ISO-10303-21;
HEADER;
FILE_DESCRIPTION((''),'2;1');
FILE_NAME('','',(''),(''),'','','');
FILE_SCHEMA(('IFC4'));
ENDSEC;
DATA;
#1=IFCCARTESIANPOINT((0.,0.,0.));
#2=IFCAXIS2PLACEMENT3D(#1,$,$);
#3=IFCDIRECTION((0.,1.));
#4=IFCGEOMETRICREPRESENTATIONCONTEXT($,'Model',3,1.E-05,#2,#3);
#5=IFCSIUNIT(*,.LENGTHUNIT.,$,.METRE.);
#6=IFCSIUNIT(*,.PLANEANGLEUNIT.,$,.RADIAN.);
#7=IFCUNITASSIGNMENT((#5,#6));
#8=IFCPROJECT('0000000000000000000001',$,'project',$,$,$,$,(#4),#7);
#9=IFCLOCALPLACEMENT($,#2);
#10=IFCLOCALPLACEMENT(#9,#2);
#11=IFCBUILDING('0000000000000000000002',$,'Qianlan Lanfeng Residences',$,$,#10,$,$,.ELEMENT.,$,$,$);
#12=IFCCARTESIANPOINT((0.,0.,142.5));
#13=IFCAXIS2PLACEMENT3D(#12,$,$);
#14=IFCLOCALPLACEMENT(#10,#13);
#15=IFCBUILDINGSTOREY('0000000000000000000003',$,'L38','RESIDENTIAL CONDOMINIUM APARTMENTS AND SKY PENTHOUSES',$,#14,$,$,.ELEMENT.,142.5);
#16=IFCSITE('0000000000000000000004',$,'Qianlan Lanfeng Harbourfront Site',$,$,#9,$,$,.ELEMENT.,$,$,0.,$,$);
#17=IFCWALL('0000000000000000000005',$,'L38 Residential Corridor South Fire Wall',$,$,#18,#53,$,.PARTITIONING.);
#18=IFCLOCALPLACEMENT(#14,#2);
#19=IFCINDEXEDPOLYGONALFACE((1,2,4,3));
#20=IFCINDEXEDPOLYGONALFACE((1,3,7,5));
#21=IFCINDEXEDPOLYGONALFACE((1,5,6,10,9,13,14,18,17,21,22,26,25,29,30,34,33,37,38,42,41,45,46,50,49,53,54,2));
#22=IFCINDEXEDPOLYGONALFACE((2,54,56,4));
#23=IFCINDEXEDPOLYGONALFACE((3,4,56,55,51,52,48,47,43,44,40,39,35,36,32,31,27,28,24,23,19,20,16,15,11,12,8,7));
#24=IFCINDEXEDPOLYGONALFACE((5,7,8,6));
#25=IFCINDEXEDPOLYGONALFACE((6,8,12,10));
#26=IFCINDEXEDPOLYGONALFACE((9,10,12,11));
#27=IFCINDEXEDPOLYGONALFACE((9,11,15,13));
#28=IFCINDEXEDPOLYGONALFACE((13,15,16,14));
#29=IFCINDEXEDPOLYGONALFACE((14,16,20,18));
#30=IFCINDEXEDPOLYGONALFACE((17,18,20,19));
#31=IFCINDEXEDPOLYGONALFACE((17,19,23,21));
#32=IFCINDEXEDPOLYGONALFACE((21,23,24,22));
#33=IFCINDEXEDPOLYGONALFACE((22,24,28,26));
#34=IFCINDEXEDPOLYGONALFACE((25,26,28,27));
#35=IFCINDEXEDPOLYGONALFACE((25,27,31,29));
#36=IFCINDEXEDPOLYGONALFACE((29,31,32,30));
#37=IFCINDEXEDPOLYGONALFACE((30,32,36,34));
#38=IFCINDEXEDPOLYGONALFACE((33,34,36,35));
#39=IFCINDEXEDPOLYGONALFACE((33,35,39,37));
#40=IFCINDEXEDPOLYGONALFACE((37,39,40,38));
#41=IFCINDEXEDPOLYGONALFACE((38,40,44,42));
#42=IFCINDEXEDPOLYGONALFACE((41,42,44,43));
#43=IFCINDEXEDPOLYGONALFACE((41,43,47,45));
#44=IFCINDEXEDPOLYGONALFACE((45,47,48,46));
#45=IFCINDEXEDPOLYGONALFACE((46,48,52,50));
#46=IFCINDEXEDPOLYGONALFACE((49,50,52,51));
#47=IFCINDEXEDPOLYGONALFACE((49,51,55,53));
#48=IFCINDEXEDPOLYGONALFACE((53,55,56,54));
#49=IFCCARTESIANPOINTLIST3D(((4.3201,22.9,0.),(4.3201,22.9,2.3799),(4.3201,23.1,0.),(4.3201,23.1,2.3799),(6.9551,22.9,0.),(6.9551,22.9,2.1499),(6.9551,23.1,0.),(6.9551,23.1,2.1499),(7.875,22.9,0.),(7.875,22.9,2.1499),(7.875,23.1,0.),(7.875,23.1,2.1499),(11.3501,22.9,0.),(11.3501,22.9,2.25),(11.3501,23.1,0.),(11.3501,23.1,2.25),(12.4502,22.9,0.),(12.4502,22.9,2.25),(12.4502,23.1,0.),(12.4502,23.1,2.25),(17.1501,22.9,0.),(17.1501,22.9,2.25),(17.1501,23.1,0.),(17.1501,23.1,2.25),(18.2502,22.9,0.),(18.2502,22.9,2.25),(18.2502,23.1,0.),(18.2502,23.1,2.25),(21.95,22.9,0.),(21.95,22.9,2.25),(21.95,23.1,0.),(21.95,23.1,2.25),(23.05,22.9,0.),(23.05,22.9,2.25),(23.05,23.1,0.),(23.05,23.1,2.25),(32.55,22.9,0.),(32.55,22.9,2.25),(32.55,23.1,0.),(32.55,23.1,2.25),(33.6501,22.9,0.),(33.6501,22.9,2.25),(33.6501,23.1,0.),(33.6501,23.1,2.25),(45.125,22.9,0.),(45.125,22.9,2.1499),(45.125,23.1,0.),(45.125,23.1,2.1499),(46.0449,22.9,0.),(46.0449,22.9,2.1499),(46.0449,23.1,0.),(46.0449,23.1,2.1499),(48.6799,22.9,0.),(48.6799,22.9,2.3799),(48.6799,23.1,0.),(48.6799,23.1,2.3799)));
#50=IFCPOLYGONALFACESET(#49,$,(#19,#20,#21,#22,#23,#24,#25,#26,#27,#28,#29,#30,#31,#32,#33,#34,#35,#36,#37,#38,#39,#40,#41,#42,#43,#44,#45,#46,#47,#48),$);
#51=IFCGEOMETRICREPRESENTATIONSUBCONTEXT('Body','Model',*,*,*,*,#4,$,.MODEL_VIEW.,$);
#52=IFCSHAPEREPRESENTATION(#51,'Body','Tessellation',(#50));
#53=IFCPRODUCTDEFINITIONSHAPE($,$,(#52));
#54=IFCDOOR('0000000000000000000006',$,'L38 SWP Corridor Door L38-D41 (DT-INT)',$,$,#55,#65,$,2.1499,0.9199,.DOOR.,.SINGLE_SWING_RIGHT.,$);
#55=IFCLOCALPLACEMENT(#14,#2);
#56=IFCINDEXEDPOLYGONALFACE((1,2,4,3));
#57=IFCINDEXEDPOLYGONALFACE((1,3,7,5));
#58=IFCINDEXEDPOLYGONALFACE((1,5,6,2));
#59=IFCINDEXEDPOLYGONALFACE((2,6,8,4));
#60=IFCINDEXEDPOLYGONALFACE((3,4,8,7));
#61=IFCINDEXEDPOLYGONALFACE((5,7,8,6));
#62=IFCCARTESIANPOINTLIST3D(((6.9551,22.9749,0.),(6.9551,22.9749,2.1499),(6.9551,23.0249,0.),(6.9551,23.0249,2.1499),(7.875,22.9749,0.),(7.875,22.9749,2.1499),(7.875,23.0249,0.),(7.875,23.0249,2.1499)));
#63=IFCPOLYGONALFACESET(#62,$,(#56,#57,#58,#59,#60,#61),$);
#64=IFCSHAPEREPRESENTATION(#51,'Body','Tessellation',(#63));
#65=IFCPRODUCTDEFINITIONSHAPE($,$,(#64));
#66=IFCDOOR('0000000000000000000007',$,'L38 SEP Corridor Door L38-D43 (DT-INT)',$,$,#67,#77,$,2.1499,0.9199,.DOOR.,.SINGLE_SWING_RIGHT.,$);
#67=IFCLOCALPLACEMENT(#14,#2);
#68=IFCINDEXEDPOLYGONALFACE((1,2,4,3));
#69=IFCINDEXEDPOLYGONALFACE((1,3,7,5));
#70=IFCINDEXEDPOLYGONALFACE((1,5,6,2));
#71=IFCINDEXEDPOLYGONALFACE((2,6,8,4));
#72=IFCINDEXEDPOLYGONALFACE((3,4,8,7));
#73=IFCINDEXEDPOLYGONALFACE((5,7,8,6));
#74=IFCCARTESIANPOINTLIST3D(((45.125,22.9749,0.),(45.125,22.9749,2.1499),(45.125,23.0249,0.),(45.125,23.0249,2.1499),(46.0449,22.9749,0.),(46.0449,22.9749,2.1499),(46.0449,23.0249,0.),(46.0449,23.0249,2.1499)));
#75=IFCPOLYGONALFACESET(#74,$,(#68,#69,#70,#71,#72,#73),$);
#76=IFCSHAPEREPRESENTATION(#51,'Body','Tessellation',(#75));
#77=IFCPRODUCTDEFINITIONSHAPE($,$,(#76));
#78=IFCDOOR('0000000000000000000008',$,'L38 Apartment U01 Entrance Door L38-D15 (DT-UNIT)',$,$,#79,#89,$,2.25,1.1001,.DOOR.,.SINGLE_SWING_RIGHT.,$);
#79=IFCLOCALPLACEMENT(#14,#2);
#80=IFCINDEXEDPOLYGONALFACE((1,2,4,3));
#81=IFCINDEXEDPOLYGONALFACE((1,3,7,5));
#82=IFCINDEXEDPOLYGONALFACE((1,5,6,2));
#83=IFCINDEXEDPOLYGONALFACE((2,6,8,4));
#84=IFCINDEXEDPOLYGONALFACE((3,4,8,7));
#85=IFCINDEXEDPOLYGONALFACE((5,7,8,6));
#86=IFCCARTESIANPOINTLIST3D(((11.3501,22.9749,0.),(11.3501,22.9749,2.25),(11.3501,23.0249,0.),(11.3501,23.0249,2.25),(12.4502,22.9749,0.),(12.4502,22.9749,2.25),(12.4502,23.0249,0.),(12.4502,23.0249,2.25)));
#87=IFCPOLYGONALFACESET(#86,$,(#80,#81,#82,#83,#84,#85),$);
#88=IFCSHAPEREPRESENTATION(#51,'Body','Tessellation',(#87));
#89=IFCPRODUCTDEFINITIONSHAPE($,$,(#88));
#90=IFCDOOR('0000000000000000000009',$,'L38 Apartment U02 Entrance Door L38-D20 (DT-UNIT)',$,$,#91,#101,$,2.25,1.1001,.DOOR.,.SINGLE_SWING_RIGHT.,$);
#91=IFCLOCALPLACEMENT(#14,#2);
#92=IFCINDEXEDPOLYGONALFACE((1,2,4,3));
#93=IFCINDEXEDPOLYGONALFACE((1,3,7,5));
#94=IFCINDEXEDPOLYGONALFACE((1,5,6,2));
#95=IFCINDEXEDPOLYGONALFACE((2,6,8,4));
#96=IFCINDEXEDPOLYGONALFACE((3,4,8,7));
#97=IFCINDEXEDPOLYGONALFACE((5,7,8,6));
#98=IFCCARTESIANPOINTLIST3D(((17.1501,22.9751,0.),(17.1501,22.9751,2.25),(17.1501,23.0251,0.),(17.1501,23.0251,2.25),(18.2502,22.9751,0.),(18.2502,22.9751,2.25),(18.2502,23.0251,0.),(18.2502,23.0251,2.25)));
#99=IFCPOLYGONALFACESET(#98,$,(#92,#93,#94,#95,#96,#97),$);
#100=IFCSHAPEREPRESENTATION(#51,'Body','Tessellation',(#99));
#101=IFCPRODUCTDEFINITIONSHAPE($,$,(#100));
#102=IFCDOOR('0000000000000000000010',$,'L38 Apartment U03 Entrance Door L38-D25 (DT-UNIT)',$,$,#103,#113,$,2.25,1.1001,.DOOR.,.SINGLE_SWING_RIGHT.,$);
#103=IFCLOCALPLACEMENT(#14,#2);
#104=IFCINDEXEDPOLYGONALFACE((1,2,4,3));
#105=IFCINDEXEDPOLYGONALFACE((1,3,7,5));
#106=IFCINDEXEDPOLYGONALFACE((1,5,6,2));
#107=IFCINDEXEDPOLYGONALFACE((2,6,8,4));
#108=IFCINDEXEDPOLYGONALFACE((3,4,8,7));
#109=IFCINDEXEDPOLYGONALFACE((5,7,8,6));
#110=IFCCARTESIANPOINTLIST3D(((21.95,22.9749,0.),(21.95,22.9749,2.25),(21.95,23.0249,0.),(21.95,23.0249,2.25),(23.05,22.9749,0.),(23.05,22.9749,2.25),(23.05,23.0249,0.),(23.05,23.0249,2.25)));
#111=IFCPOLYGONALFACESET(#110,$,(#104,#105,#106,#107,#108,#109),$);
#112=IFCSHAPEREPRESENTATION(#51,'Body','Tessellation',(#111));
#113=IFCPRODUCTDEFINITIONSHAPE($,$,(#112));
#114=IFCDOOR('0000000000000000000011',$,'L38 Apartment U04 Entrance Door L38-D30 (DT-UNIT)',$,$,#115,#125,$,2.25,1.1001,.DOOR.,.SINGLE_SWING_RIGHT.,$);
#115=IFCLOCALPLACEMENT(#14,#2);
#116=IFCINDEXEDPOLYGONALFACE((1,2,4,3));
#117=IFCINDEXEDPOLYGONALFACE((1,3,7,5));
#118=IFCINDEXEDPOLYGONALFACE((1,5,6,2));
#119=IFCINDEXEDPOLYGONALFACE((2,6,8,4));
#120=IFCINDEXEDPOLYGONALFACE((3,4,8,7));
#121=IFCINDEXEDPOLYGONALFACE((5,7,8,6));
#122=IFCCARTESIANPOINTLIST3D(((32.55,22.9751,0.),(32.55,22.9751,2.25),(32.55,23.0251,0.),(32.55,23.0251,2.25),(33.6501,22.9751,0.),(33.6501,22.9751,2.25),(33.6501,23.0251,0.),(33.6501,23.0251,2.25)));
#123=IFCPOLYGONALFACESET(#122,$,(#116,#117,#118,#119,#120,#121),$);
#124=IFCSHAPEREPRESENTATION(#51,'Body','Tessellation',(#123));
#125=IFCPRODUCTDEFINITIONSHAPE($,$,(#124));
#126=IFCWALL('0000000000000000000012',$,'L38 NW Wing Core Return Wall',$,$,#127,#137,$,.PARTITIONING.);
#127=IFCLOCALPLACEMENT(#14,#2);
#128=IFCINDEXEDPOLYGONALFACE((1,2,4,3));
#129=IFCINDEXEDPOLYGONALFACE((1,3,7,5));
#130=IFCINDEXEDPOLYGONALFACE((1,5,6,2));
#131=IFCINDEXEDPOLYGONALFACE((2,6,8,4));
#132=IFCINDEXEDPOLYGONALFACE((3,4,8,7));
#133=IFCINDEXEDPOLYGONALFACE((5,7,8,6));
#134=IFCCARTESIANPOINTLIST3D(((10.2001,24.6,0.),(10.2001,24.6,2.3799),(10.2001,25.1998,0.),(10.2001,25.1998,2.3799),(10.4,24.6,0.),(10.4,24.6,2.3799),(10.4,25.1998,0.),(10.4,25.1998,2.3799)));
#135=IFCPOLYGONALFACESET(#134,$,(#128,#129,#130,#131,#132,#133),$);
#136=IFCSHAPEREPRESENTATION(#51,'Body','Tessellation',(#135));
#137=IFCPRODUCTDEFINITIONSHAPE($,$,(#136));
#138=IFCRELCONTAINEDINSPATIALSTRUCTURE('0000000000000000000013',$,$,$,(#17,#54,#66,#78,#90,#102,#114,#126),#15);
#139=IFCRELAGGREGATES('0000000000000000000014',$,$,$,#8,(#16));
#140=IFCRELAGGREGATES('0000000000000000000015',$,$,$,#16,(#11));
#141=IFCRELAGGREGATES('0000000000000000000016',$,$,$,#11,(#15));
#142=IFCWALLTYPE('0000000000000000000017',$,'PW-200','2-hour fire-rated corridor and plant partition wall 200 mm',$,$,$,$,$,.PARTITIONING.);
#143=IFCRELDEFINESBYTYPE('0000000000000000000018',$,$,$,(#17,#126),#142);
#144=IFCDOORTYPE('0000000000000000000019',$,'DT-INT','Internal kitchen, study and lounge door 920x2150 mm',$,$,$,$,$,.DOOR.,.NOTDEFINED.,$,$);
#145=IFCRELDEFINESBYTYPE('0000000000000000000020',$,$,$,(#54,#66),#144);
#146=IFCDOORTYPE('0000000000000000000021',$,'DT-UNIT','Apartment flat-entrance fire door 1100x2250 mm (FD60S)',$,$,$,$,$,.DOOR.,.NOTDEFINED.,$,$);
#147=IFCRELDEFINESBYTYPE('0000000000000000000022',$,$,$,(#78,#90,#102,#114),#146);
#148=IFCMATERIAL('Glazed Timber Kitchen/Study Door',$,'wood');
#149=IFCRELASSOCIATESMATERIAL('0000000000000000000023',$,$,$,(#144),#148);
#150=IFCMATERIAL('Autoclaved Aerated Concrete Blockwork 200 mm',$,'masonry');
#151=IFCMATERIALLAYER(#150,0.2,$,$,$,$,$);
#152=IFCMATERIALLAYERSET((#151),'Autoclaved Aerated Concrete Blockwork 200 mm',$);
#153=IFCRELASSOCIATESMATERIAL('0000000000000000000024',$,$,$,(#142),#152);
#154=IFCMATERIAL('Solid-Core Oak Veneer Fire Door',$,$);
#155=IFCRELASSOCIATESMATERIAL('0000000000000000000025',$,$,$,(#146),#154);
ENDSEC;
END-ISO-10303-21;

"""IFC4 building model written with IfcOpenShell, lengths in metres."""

from ifc_helpers import new_model, si_unit, direction, frame, frame_2d, origin, place, context, subcontext, project, spatial, rectangle, extrude, material, layer, layer_set, type_object, element, fill, save


model = new_model("IFC4")

# Units and contexts
model_context = context("Model", 3, precision=1e-05, world=origin(), true_north=direction((0.0, 1.0)))
body_context = subcontext(model_context, "Body", "Model", "MODEL_VIEW")
ifc_project = project(units=[si_unit("LENGTHUNIT", "METRE"), si_unit("PLANEANGLEUNIT", "RADIAN")], contexts=[model_context])

# Site, building, storey
site_placement = place(None, origin())
site = spatial("IfcSite", under=ifc_project, at=site_placement, Name="Qianlan Lanfeng Harbourfront Site", CompositionType="ELEMENT", RefElevation=0.0)
building_placement = place(site_placement, origin())
building = spatial("IfcBuilding", under=site, at=building_placement, Name="Qianlan Lanfeng Residences", CompositionType="ELEMENT")
storey_placement = place(building_placement, frame((0.0, 0.0, 142.5)))
storey = spatial("IfcBuildingStorey", under=building, at=storey_placement, Name="L38", Description="RESIDENTIAL CONDOMINIUM APARTMENTS AND SKY PENTHOUSES", CompositionType="ELEMENT", Elevation=142.5)

# Shared definitions
ifc_material_1 = material(Name="Glazed Timber Kitchen/Study Door", Category="wood")
door_type_1 = type_object("IfcDoorType", Name="DT-INT", Description="Internal kitchen, study and lounge door 920x2150 mm", OperationType="NOTDEFINED", PredefinedType="DOOR", material=ifc_material_1)

# Wall, openings, doors
ifc_material_2 = material(Name="Autoclaved Aerated Concrete Blockwork 200 mm", Category="masonry")
ifc_layer_1 = layer(ifc_material_2, 0.2)
ifc_layer_set_1 = layer_set([ifc_layer_1], Name="Autoclaved Aerated Concrete Blockwork 200 mm")
wall_type_1 = type_object("IfcWallType", Name="PW-200", Description="2-hour fire-rated corridor and plant partition wall 200 mm", PredefinedType="PARTITIONING", material=ifc_layer_set_1)
wall_1_placement = place(storey_placement, frame((4.3201, 23.0, 0.0), z_axis=(0.0, 0.0, 1.0), x_axis=(1.0, 0.0, 0.0)))
wall_1 = element("IfcWall", 1, at=wall_1_placement, inside=storey, type_object=wall_type_1, Name="L38 Residential Corridor South Fire Wall", PredefinedType="PARTITIONING", context=body_context, shape_type="SweptSolid", body=[
    extrude(rectangle(XDim=44.3599, YDim=0.2, at=frame_2d((22.1799, 0.0))), origin(), (0.0, 0.0, 1.0), 2.3799),
])
opening_1_placement = place(wall_1_placement, frame((7.03, 0.0, 0.0)))
opening_1 = element("IfcOpeningElement", 2, at=opening_1_placement, cuts=wall_1, PredefinedType="OPENING", context=body_context, shape_type="SweptSolid", body=[
    extrude(rectangle(XDim=1.1001, YDim=2.25, at=frame_2d((0.55, 1.125))), frame((0.0, 0.1099, 0.0), z_axis=(0.0, -1.0, 0.0), x_axis=(1.0, 0.0, 0.0)), (0.0, 0.0, 1.0), 0.22),
])
opening_2_placement = place(wall_1_placement, frame((12.8301, 0.0, 0.0)))
opening_2 = element("IfcOpeningElement", 3, at=opening_2_placement, cuts=wall_1, PredefinedType="OPENING", context=body_context, shape_type="SweptSolid", body=[
    extrude(rectangle(XDim=1.1001, YDim=2.25, at=frame_2d((0.55, 1.125))), frame((0.0, 0.1099, 0.0), z_axis=(0.0, -1.0, 0.0), x_axis=(1.0, 0.0, 0.0)), (0.0, 0.0, 1.0), 0.22),
])
opening_3_placement = place(wall_1_placement, frame((17.6299, 0.0, 0.0)))
opening_3 = element("IfcOpeningElement", 4, at=opening_3_placement, cuts=wall_1, PredefinedType="OPENING", context=body_context, shape_type="SweptSolid", body=[
    extrude(rectangle(XDim=1.1001, YDim=2.25, at=frame_2d((0.55, 1.125))), frame((0.0, 0.1099, 0.0), z_axis=(0.0, -1.0, 0.0), x_axis=(1.0, 0.0, 0.0)), (0.0, 0.0, 1.0), 0.22),
])
opening_4_placement = place(wall_1_placement, frame((28.23, 0.0, 0.0)))
opening_4 = element("IfcOpeningElement", 5, at=opening_4_placement, cuts=wall_1, PredefinedType="OPENING", context=body_context, shape_type="SweptSolid", body=[
    extrude(rectangle(XDim=1.1001, YDim=2.25, at=frame_2d((0.55, 1.125))), frame((0.0, 0.1099, 0.0), z_axis=(0.0, -1.0, 0.0), x_axis=(1.0, 0.0, 0.0)), (0.0, 0.0, 1.0), 0.22),
])
opening_5_placement = place(wall_1_placement, frame((2.635, 0.0, 0.0)))
opening_5 = element("IfcOpeningElement", 6, at=opening_5_placement, cuts=wall_1, PredefinedType="OPENING", context=body_context, shape_type="SweptSolid", body=[
    extrude(rectangle(XDim=0.9199, YDim=2.1499, at=frame_2d((0.46, 1.075))), frame((0.0, 0.1099, 0.0), z_axis=(0.0, -1.0, 0.0), x_axis=(1.0, 0.0, 0.0)), (0.0, 0.0, 1.0), 0.22),
])
opening_6_placement = place(wall_1_placement, frame((40.8049, 0.0, 0.0)))
opening_6 = element("IfcOpeningElement", 7, at=opening_6_placement, cuts=wall_1, PredefinedType="OPENING", context=body_context, shape_type="SweptSolid", body=[
    extrude(rectangle(XDim=0.9199, YDim=2.1499, at=frame_2d((0.46, 1.075))), frame((0.0, 0.1099, 0.0), z_axis=(0.0, -1.0, 0.0), x_axis=(1.0, 0.0, 0.0)), (0.0, 0.0, 1.0), 0.22),
])
door_1_placement = place(opening_5_placement, origin())
door_1 = element("IfcDoor", 8, at=door_1_placement, inside=storey, type_object=door_type_1, Name="L38 SWP Corridor Door L38-D41 (DT-INT)", OperationType="SINGLE_SWING_RIGHT", OverallHeight=2.1499, OverallWidth=0.9199, PredefinedType="DOOR", context=body_context, shape_type="SweptSolid", body=[
    extrude(rectangle(XDim=0.9199, YDim=2.1499, at=frame_2d((0.46, 1.075))), frame((0.0, 0.0249, 0.0), z_axis=(0.0, -1.0, 0.0), x_axis=(1.0, 0.0, 0.0)), (0.0, 0.0, 1.0), 0.05),
])
fill(opening_5, door_1)
door_2_placement = place(opening_6_placement, origin())
door_2 = element("IfcDoor", 9, at=door_2_placement, inside=storey, type_object=door_type_1, Name="L38 SEP Corridor Door L38-D43 (DT-INT)", OperationType="SINGLE_SWING_RIGHT", OverallHeight=2.1499, OverallWidth=0.9199, PredefinedType="DOOR", context=body_context, shape_type="SweptSolid", body=[
    extrude(rectangle(XDim=0.9199, YDim=2.1499, at=frame_2d((0.46, 1.075))), frame((0.0, 0.0249, 0.0), z_axis=(0.0, -1.0, 0.0), x_axis=(1.0, 0.0, 0.0)), (0.0, 0.0, 1.0), 0.05),
])
fill(opening_6, door_2)
ifc_material_3 = material(Name="Solid-Core Oak Veneer Fire Door")
door_type_2 = type_object("IfcDoorType", Name="DT-UNIT", Description="Apartment flat-entrance fire door 1100x2250 mm (FD60S)", OperationType="NOTDEFINED", PredefinedType="DOOR", material=ifc_material_3)
door_3_placement = place(opening_1_placement, origin())
door_3 = element("IfcDoor", 10, at=door_3_placement, inside=storey, type_object=door_type_2, Name="L38 Apartment U01 Entrance Door L38-D15 (DT-UNIT)", OperationType="SINGLE_SWING_RIGHT", OverallHeight=2.25, OverallWidth=1.1001, PredefinedType="DOOR", context=body_context, shape_type="SweptSolid", body=[
    extrude(rectangle(XDim=1.1001, YDim=2.25, at=frame_2d((0.55, 1.125))), frame((0.0, 0.0249, 0.0), z_axis=(0.0, -1.0, 0.0), x_axis=(1.0, 0.0, 0.0)), (0.0, 0.0, 1.0), 0.05),
])
fill(opening_1, door_3)
door_4_placement = place(opening_2_placement, frame((1.1001, 0.0, 0.0), z_axis=(0.0, 0.0, 1.0), x_axis=(-1.0, 0.0, 0.0)))
door_4 = element("IfcDoor", 11, at=door_4_placement, inside=storey, type_object=door_type_2, Name="L38 Apartment U02 Entrance Door L38-D20 (DT-UNIT)", OperationType="SINGLE_SWING_RIGHT", OverallHeight=2.25, OverallWidth=1.1001, PredefinedType="DOOR", context=body_context, shape_type="SweptSolid", body=[
    extrude(rectangle(XDim=1.1001, YDim=2.25, at=frame_2d((0.55, 1.125))), frame((0.0, 0.0249, 0.0), z_axis=(0.0, -1.0, 0.0), x_axis=(1.0, 0.0, 0.0)), (0.0, 0.0, 1.0), 0.05),
])
fill(opening_2, door_4)
door_5_placement = place(opening_3_placement, origin())
door_5 = element("IfcDoor", 12, at=door_5_placement, inside=storey, type_object=door_type_2, Name="L38 Apartment U03 Entrance Door L38-D25 (DT-UNIT)", OperationType="SINGLE_SWING_RIGHT", OverallHeight=2.25, OverallWidth=1.1001, PredefinedType="DOOR", context=body_context, shape_type="SweptSolid", body=[
    extrude(rectangle(XDim=1.1001, YDim=2.25, at=frame_2d((0.55, 1.125))), frame((0.0, 0.0249, 0.0), z_axis=(0.0, -1.0, 0.0), x_axis=(1.0, 0.0, 0.0)), (0.0, 0.0, 1.0), 0.05),
])
fill(opening_3, door_5)
door_6_placement = place(opening_4_placement, frame((1.1001, 0.0, 0.0), z_axis=(0.0, 0.0, 1.0), x_axis=(-1.0, 0.0, 0.0)))
door_6 = element("IfcDoor", 13, at=door_6_placement, inside=storey, type_object=door_type_2, Name="L38 Apartment U04 Entrance Door L38-D30 (DT-UNIT)", OperationType="SINGLE_SWING_RIGHT", OverallHeight=2.25, OverallWidth=1.1001, PredefinedType="DOOR", context=body_context, shape_type="SweptSolid", body=[
    extrude(rectangle(XDim=1.1001, YDim=2.25, at=frame_2d((0.55, 1.125))), frame((0.0, 0.0249, 0.0), z_axis=(0.0, -1.0, 0.0), x_axis=(1.0, 0.0, 0.0)), (0.0, 0.0, 1.0), 0.05),
])
fill(opening_4, door_6)

# Wall
wall_2_placement = place(storey_placement, frame((10.3, 24.6001, 0.0), z_axis=(0.0, 0.0, 1.0), x_axis=(0.0, 1.0, 0.0)))
element("IfcWall", 14, at=wall_2_placement, inside=storey, type_object=wall_type_1, Name="L38 NW Wing Core Return Wall", PredefinedType="PARTITIONING", context=body_context, shape_type="SweptSolid", body=[
    extrude(rectangle(XDim=0.5999, YDim=0.2, at=frame_2d((0.2998, 0.0))), origin(), (0.0, 0.0, 1.0), 2.3799),
])

save(model, "model.ifc")
